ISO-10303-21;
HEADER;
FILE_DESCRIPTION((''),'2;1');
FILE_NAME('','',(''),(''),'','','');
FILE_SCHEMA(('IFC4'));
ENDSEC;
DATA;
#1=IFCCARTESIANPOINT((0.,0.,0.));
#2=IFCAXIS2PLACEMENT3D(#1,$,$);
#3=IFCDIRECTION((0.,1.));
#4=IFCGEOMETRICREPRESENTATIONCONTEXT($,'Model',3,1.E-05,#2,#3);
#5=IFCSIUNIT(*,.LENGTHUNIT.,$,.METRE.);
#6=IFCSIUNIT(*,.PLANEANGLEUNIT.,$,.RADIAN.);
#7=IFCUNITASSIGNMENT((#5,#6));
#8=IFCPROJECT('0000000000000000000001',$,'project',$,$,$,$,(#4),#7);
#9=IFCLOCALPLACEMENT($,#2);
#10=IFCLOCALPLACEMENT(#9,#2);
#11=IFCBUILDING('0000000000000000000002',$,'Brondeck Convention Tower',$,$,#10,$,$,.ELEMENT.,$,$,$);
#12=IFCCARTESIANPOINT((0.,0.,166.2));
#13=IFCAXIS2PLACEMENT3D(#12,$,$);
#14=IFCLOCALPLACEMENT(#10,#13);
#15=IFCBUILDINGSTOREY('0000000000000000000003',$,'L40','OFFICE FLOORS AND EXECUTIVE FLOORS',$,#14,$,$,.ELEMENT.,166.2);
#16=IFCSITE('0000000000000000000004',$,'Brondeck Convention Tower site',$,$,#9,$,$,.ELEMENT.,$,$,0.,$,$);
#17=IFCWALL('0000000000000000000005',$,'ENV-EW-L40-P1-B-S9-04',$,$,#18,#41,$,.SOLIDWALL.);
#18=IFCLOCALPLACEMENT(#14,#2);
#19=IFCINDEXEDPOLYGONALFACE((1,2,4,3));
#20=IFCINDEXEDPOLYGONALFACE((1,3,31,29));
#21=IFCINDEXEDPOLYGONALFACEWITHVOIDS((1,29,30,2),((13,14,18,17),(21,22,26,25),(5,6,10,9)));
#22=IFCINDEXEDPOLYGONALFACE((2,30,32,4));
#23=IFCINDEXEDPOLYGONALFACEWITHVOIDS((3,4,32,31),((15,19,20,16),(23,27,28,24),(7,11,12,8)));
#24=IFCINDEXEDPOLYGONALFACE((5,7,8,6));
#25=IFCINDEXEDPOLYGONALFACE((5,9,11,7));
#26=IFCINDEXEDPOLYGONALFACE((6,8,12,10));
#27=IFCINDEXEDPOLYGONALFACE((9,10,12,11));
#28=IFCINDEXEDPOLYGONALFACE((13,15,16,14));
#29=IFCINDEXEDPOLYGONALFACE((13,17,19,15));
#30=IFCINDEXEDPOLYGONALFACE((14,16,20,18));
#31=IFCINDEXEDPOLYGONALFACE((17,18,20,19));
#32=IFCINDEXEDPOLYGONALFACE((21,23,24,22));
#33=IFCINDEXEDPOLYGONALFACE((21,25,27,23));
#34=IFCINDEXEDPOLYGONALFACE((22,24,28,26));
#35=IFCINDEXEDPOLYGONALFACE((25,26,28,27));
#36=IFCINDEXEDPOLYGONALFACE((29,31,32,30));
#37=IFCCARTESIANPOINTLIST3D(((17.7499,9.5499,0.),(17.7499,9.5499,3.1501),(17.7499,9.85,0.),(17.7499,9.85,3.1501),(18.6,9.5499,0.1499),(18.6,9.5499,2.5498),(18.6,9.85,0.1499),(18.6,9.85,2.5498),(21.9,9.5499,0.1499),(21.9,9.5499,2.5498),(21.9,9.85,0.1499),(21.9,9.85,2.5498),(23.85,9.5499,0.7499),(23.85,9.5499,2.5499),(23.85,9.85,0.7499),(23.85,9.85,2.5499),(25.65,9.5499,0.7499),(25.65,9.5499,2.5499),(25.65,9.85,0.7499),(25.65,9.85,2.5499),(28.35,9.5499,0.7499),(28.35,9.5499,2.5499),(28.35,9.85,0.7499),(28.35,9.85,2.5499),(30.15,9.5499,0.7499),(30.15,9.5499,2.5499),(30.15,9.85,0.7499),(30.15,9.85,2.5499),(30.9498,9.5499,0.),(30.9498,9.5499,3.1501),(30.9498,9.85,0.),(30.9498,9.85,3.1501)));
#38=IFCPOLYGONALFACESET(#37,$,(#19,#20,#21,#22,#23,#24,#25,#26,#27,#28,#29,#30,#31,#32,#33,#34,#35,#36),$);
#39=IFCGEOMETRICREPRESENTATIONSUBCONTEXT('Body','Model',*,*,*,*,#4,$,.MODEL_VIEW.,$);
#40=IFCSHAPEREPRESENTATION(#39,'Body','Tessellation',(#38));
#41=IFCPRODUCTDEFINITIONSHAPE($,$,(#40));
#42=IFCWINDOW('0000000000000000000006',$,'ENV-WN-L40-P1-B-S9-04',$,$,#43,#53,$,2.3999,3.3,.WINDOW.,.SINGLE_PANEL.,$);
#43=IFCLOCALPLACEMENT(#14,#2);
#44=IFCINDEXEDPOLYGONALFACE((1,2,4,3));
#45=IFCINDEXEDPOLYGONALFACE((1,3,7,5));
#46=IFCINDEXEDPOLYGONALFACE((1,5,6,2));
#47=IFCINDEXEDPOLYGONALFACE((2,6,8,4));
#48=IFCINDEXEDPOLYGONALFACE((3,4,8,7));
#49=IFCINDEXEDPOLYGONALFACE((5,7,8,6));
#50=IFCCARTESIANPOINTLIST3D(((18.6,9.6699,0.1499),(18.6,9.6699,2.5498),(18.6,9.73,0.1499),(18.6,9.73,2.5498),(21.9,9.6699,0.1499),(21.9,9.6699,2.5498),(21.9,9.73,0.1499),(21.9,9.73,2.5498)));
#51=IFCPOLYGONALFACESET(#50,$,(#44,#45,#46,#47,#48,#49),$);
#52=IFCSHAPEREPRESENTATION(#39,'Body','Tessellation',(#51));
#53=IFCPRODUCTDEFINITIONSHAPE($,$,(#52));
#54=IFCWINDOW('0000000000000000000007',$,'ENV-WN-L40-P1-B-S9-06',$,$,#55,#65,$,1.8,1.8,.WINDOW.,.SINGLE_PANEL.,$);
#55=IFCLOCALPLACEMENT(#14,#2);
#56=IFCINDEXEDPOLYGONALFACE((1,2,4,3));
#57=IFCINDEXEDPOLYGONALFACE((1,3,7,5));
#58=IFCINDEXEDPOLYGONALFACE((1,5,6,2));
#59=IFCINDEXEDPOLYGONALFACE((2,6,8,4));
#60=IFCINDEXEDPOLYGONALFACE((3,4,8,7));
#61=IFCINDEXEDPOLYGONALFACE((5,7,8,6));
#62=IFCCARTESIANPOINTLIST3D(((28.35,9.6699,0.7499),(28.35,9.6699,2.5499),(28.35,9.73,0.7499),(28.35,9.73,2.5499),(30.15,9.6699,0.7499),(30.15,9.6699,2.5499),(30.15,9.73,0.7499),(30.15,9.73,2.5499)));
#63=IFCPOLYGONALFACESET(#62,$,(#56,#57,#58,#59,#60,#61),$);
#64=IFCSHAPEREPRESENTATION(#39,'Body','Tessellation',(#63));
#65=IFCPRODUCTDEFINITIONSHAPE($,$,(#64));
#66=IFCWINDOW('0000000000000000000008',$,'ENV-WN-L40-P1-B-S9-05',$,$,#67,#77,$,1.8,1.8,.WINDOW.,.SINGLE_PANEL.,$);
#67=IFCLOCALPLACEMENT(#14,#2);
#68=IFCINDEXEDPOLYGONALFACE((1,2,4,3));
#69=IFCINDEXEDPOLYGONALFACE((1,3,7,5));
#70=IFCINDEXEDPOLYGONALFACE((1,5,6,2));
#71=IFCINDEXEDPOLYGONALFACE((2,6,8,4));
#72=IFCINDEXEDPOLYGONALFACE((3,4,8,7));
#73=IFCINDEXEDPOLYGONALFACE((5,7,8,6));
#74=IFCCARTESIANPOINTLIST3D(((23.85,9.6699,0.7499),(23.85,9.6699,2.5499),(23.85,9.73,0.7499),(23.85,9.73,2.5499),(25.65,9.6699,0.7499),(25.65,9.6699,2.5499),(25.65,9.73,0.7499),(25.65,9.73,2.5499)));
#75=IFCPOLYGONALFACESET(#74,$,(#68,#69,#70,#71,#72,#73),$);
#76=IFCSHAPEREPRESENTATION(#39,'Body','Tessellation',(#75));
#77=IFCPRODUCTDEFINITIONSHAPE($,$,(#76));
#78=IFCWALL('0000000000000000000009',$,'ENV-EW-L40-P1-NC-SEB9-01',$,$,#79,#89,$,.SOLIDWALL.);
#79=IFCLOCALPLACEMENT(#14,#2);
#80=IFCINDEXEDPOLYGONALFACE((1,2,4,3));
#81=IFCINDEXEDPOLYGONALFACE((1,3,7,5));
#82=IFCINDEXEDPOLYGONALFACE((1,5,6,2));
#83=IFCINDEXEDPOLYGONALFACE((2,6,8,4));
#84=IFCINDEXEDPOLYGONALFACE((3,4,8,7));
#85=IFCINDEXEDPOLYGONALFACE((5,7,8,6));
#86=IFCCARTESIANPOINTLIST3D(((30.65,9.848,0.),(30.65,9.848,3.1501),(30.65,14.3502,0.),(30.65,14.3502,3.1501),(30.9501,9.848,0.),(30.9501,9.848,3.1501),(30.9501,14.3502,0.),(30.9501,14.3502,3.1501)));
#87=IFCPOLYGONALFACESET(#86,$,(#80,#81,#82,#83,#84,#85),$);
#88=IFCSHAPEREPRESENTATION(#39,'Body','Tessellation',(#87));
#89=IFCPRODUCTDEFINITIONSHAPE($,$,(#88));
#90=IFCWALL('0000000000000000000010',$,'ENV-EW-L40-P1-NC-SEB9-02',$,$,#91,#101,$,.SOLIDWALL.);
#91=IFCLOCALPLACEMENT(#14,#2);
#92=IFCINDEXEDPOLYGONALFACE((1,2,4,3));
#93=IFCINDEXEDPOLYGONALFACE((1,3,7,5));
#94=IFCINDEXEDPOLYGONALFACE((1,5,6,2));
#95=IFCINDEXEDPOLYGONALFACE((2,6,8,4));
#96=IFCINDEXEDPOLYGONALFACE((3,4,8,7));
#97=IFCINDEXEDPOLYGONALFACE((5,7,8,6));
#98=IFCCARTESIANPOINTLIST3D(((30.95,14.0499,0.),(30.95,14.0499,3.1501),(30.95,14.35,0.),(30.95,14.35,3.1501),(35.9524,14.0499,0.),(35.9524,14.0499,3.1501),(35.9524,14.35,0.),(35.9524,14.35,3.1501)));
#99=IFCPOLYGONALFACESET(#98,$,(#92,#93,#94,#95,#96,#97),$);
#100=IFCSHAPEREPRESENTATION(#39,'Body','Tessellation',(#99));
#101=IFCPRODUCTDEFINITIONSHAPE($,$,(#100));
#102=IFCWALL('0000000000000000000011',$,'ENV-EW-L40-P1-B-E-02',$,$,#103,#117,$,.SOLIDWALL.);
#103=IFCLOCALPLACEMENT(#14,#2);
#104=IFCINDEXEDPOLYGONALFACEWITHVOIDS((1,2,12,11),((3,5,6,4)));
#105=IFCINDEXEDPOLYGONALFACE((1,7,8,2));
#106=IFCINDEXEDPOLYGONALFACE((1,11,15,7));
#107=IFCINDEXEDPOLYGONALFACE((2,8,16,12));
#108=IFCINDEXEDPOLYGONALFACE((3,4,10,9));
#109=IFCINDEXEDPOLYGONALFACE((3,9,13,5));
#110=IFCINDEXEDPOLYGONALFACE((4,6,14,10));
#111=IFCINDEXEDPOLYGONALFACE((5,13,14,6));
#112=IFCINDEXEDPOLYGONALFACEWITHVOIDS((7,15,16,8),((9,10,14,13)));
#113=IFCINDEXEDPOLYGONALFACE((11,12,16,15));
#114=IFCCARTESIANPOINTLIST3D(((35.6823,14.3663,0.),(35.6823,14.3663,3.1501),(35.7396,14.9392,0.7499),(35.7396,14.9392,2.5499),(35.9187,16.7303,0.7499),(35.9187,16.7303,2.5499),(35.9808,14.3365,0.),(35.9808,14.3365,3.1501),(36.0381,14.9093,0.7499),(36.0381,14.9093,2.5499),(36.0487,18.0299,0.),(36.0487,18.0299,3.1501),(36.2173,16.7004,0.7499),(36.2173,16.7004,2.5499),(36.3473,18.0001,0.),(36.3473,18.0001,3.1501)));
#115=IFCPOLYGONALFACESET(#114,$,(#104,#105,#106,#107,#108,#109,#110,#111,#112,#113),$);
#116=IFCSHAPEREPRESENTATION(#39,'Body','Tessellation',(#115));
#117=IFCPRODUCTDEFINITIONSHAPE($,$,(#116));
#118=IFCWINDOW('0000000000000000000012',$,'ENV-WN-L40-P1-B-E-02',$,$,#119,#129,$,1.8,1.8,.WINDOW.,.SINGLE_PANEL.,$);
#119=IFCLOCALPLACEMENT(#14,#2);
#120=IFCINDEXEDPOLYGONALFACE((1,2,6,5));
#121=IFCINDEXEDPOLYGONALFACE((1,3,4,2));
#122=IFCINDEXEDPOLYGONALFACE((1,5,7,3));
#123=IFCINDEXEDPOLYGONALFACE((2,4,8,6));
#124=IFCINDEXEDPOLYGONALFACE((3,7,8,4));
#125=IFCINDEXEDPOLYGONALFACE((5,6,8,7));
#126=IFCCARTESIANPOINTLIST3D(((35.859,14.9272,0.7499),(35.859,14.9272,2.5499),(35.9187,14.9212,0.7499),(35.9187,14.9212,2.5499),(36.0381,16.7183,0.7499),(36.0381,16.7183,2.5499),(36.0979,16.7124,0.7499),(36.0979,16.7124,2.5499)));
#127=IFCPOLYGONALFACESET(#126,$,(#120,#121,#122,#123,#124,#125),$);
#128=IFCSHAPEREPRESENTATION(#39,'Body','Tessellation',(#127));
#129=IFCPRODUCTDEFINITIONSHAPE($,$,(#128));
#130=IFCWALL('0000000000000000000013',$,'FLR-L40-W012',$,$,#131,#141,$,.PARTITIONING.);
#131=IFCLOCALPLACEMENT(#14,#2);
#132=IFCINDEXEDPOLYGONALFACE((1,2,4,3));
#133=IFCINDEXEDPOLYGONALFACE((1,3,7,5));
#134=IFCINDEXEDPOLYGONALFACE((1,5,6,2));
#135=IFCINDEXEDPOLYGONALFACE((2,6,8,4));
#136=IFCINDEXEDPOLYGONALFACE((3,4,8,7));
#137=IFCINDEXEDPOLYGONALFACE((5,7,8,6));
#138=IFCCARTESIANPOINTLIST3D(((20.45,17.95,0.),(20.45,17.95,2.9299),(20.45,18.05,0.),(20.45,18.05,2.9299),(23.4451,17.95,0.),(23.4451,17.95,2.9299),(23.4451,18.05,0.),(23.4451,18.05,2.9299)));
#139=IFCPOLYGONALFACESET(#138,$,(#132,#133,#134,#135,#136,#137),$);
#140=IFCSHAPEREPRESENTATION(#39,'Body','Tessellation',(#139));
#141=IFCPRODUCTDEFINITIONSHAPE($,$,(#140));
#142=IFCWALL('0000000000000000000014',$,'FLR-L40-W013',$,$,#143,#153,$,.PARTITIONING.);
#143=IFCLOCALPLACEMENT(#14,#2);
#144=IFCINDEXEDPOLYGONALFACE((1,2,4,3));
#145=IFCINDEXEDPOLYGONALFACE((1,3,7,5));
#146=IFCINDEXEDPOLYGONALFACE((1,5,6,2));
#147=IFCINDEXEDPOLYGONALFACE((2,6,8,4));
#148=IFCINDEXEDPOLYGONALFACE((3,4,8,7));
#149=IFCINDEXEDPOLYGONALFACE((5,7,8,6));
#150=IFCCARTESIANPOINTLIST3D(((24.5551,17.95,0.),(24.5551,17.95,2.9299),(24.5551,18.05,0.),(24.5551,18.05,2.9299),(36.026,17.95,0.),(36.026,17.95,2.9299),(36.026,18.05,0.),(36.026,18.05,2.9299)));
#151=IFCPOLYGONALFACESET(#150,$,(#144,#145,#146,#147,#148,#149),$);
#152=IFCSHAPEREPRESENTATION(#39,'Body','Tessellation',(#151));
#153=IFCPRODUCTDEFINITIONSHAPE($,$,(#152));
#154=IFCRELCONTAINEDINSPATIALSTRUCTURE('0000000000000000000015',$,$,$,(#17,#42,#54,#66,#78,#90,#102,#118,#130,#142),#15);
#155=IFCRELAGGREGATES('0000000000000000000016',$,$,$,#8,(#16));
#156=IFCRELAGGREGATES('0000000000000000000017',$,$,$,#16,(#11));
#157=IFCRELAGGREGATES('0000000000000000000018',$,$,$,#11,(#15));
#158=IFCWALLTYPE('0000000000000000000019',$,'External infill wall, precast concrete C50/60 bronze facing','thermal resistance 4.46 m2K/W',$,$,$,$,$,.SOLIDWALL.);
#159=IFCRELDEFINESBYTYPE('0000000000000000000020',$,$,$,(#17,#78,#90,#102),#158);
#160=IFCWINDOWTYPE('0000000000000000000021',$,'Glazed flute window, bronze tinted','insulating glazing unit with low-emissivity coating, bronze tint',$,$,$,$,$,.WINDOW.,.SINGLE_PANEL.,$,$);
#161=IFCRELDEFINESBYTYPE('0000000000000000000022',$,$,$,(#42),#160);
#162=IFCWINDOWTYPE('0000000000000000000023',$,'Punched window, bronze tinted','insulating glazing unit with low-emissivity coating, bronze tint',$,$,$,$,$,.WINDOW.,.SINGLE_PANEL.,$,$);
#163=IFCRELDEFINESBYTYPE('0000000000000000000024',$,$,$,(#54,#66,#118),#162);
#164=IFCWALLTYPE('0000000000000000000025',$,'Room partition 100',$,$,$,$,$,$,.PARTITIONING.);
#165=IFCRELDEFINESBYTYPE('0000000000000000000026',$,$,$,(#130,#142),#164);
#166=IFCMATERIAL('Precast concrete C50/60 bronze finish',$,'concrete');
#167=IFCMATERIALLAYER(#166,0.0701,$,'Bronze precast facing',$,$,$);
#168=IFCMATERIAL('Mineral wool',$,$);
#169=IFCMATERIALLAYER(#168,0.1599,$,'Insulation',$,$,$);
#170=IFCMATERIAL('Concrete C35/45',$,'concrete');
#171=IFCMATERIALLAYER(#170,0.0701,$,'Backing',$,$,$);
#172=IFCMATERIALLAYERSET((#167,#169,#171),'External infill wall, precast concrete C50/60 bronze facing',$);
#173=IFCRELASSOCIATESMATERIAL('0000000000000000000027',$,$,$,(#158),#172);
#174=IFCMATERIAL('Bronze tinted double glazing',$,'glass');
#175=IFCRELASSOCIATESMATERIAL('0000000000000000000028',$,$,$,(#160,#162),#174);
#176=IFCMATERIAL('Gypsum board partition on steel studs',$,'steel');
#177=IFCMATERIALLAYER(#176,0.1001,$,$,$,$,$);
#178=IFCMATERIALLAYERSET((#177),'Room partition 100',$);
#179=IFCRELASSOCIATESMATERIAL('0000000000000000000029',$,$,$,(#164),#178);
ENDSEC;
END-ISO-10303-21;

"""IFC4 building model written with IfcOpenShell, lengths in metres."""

from ifc_helpers import new_model, si_unit, direction, frame, frame_2d, origin, place, context, subcontext, project, spatial, rectangle, extrude, material, layer, layer_set, type_object, element, fill, save


model = new_model("IFC4")

# Units and contexts
model_context = context("Model", 3, precision=1e-05, world=origin(), true_north=direction((0.0, 1.0)))
body_context = subcontext(model_context, "Body", "Model", "MODEL_VIEW")
ifc_project = project(units=[si_unit("LENGTHUNIT", "METRE"), si_unit("PLANEANGLEUNIT", "RADIAN")], contexts=[model_context])

# Site, building, storey
site_placement = place(None, origin())
site = spatial("IfcSite", under=ifc_project, at=site_placement, Name="Brondeck Convention Tower site", CompositionType="ELEMENT", RefElevation=0.0)
building_placement = place(site_placement, origin())
building = spatial("IfcBuilding", under=site, at=building_placement, Name="Brondeck Convention Tower", CompositionType="ELEMENT")
storey_placement = place(building_placement, frame((0.0, 0.0, 166.2)))
storey = spatial("IfcBuildingStorey", under=building, at=storey_placement, Name="L40", Description="OFFICE FLOORS AND EXECUTIVE FLOORS", CompositionType="ELEMENT", Elevation=166.2)

# Wall, openings, windows
ifc_material_1 = material(Name="Precast concrete C50/60 bronze finish", Category="concrete")
ifc_layer_1 = layer(ifc_material_1, 0.0701, Name="Bronze precast facing")
ifc_material_2 = material(Name="Mineral wool")
ifc_layer_2 = layer(ifc_material_2, 0.1599, Name="Insulation")
ifc_material_3 = material(Name="Concrete C35/45", Category="concrete")
ifc_layer_3 = layer(ifc_material_3, 0.0701, Name="Backing")
ifc_layer_set_1 = layer_set([ifc_layer_1, ifc_layer_2, ifc_layer_3], Name="External infill wall, precast concrete C50/60 bronze facing")
wall_type_1 = type_object("IfcWallType", Name="External infill wall, precast concrete C50/60 bronze facing", Description="thermal resistance 4.46 m2K/W", PredefinedType="SOLIDWALL", material=ifc_layer_set_1)
wall_1_placement = place(storey_placement, frame((30.95, 9.7, 0.0), z_axis=(0.0, 0.0, 1.0), x_axis=(-1.0, 0.0, 0.0)))
wall_1 = element("IfcWall", 1, at=wall_1_placement, inside=storey, type_object=wall_type_1, Name="ENV-EW-L40-P1-B-S9-04", PredefinedType="SOLIDWALL", context=body_context, shape_type="SweptSolid", body=[
    extrude(rectangle(XDim=13.2, YDim=0.3, at=frame_2d((6.6001, 0.0))), origin(), (0.0, 0.0, 1.0), 3.1501),
])
opening_1_placement = place(wall_1_placement, frame((0.8, 0.0, 0.75)))
opening_1 = element("IfcOpeningElement", 2, at=opening_1_placement, cuts=wall_1, PredefinedType="OPENING", context=body_context, shape_type="SweptSolid", body=[
    extrude(rectangle(XDim=1.8, YDim=1.8, at=frame_2d((0.8999, 0.8999))), frame((0.0, 0.1599, 0.0), z_axis=(0.0, -1.0, 0.0), x_axis=(1.0, 0.0, 0.0)), (0.0, 0.0, 1.0), 0.3201),
])
opening_2_placement = place(wall_1_placement, frame((5.3, 0.0, 0.75)))
opening_2 = element("IfcOpeningElement", 3, at=opening_2_placement, cuts=wall_1, PredefinedType="OPENING", context=body_context, shape_type="SweptSolid", body=[
    extrude(rectangle(XDim=1.8, YDim=1.8, at=frame_2d((0.8999, 0.8999))), frame((0.0, 0.1599, 0.0), z_axis=(0.0, -1.0, 0.0), x_axis=(1.0, 0.0, 0.0)), (0.0, 0.0, 1.0), 0.3201),
])
opening_3_placement = place(wall_1_placement, frame((9.05, 0.0, 0.1499)))
opening_3 = element("IfcOpeningElement", 4, at=opening_3_placement, cuts=wall_1, PredefinedType="OPENING", context=body_context, shape_type="SweptSolid", body=[
    extrude(rectangle(XDim=3.3, YDim=2.3999, at=frame_2d((1.6499, 1.2))), frame((0.0, 0.1599, 0.0), z_axis=(0.0, -1.0, 0.0), x_axis=(1.0, 0.0, 0.0)), (0.0, 0.0, 1.0), 0.3201),
])
ifc_material_4 = material(Name="Bronze tinted double glazing", Category="glass")
window_type_1 = type_object("IfcWindowType", Name="Glazed flute window, bronze tinted", Description="insulating glazing unit with low-emissivity coating, bronze tint", PartitioningType="SINGLE_PANEL", PredefinedType="WINDOW", material=ifc_material_4)
window_1_placement = place(opening_3_placement, origin())
window_1 = element("IfcWindow", 5, at=window_1_placement, inside=storey, type_object=window_type_1, Name="ENV-WN-L40-P1-B-S9-04", OverallHeight=2.3999, OverallWidth=3.3, PartitioningType="SINGLE_PANEL", PredefinedType="WINDOW", context=body_context, shape_type="SweptSolid", body=[
    extrude(rectangle(XDim=3.3, YDim=2.3999, at=frame_2d((1.6499, 1.2))), frame((0.0, 0.03, 0.0), z_axis=(0.0, -1.0, 0.0), x_axis=(1.0, 0.0, 0.0)), (0.0, 0.0, 1.0), 0.0601),
])
fill(opening_3, window_1)
window_type_2 = type_object("IfcWindowType", Name="Punched window, bronze tinted", Description="insulating glazing unit with low-emissivity coating, bronze tint", PartitioningType="SINGLE_PANEL", PredefinedType="WINDOW", material=ifc_material_4)
window_2_placement = place(opening_1_placement, origin())
window_2 = element("IfcWindow", 6, at=window_2_placement, inside=storey, type_object=window_type_2, Name="ENV-WN-L40-P1-B-S9-06", OverallHeight=1.8, OverallWidth=1.8, PartitioningType="SINGLE_PANEL", PredefinedType="WINDOW", context=body_context, shape_type="SweptSolid", body=[
    extrude(rectangle(XDim=1.8, YDim=1.8, at=frame_2d((0.8999, 0.8999))), frame((0.0, 0.03, 0.0), z_axis=(0.0, -1.0, 0.0), x_axis=(1.0, 0.0, 0.0)), (0.0, 0.0, 1.0), 0.0601),
])
fill(opening_1, window_2)
window_3_placement = place(opening_2_placement, origin())
window_3 = element("IfcWindow", 7, at=window_3_placement, inside=storey, type_object=window_type_2, Name="ENV-WN-L40-P1-B-S9-05", OverallHeight=1.8, OverallWidth=1.8, PartitioningType="SINGLE_PANEL", PredefinedType="WINDOW", context=body_context, shape_type="SweptSolid", body=[
    extrude(rectangle(XDim=1.8, YDim=1.8, at=frame_2d((0.8999, 0.8999))), frame((0.0, 0.03, 0.0), z_axis=(0.0, -1.0, 0.0), x_axis=(1.0, 0.0, 0.0)), (0.0, 0.0, 1.0), 0.0601),
])
fill(opening_2, window_3)

# Walls
wall_2_placement = place(storey_placement, frame((30.8, 14.3501, 0.0), z_axis=(0.0, 0.0, 1.0), x_axis=(0.0, -1.0, 0.0)))
element("IfcWall", 8, at=wall_2_placement, inside=storey, type_object=wall_type_1, Name="ENV-EW-L40-P1-NC-SEB9-01", PredefinedType="SOLIDWALL", context=body_context, shape_type="SweptSolid", body=[
    extrude(rectangle(XDim=4.5022, YDim=0.3, at=frame_2d((2.251, 0.0))), origin(), (0.0, 0.0, 1.0), 3.1501),
])
wall_3_placement = place(storey_placement, frame((35.9524, 14.2, 0.0), z_axis=(0.0, 0.0, 1.0), x_axis=(-1.0, 0.0, 0.0)))
element("IfcWall", 9, at=wall_3_placement, inside=storey, type_object=wall_type_1, Name="ENV-EW-L40-P1-NC-SEB9-02", PredefinedType="SOLIDWALL", context=body_context, shape_type="SweptSolid", body=[
    extrude(rectangle(XDim=5.0024, YDim=0.3, at=frame_2d((2.5012, 0.0))), origin(), (0.0, 0.0, 1.0), 3.1501),
])

# Wall, opening, window
wall_4_placement = place(storey_placement, frame((36.198, 18.0149, 0.0), z_axis=(0.0, 0.0, 1.0), x_axis=(-0.09953, -0.995035, 0.0)))
wall_4 = element("IfcWall", 10, at=wall_4_placement, inside=storey, type_object=wall_type_1, Name="ENV-EW-L40-P1-B-E-02", PredefinedType="SOLIDWALL", context=body_context, shape_type="SweptSolid", body=[
    extrude(rectangle(XDim=3.6819, YDim=0.3, at=frame_2d((1.8408, 0.0))), origin(), (0.0, 0.0, 1.0), 3.1501),
])
opening_4_placement = place(wall_4_placement, frame((1.3062, 0.0, 0.75)))
opening_4 = element("IfcOpeningElement", 11, at=opening_4_placement, cuts=wall_4, PredefinedType="OPENING", context=body_context, shape_type="SweptSolid", body=[
    extrude(rectangle(XDim=1.8, YDim=1.8, at=frame_2d((0.8999, 0.8999))), frame((0.0, 0.1599, 0.0), z_axis=(0.0, -1.0, 0.0), x_axis=(1.0, 0.0, 0.0)), (0.0, 0.0, 1.0), 0.3201),
])
window_4_placement = place(opening_4_placement, origin())
window_4 = element("IfcWindow", 12, at=window_4_placement, inside=storey, type_object=window_type_2, Name="ENV-WN-L40-P1-B-E-02", OverallHeight=1.8, OverallWidth=1.8, PartitioningType="SINGLE_PANEL", PredefinedType="WINDOW", context=body_context, shape_type="SweptSolid", body=[
    extrude(rectangle(XDim=1.8, YDim=1.8, at=frame_2d((0.8999, 0.8999))), frame((0.0, 0.03, 0.0), z_axis=(0.0, -1.0, 0.0), x_axis=(1.0, 0.0, 0.0)), (0.0, 0.0, 1.0), 0.0601),
])
fill(opening_4, window_4)

# Walls
ifc_material_5 = material(Name="Gypsum board partition on steel studs", Category="steel")
ifc_layer_4 = layer(ifc_material_5, 0.1001)
ifc_layer_set_2 = layer_set([ifc_layer_4], Name="Room partition 100")
wall_type_2 = type_object("IfcWallType", Name="Room partition 100", PredefinedType="PARTITIONING", material=ifc_layer_set_2)
wall_5_placement = place(storey_placement, frame((23.4451, 18.0, 0.0), z_axis=(0.0, 0.0, 1.0), x_axis=(-1.0, 0.0, 0.0)))
element("IfcWall", 13, at=wall_5_placement, inside=storey, type_object=wall_type_2, Name="FLR-L40-W012", PredefinedType="PARTITIONING", context=body_context, shape_type="SweptSolid", body=[
    extrude(rectangle(XDim=2.9951, YDim=0.1001, at=frame_2d((1.4976, 0.0))), origin(), (0.0, 0.0, 1.0), 2.9299),
])
wall_6_placement = place(storey_placement, frame((36.0259, 18.0, 0.0), z_axis=(0.0, 0.0, 1.0), x_axis=(-1.0, 0.0, 0.0)))
element("IfcWall", 14, at=wall_6_placement, inside=storey, type_object=wall_type_2, Name="FLR-L40-W013", PredefinedType="PARTITIONING", context=body_context, shape_type="SweptSolid", body=[
    extrude(rectangle(XDim=11.4709, YDim=0.1001, at=frame_2d((5.7354, 0.0))), origin(), (0.0, 0.0, 1.0), 2.9299),
])

save(model, "model.ifc")
